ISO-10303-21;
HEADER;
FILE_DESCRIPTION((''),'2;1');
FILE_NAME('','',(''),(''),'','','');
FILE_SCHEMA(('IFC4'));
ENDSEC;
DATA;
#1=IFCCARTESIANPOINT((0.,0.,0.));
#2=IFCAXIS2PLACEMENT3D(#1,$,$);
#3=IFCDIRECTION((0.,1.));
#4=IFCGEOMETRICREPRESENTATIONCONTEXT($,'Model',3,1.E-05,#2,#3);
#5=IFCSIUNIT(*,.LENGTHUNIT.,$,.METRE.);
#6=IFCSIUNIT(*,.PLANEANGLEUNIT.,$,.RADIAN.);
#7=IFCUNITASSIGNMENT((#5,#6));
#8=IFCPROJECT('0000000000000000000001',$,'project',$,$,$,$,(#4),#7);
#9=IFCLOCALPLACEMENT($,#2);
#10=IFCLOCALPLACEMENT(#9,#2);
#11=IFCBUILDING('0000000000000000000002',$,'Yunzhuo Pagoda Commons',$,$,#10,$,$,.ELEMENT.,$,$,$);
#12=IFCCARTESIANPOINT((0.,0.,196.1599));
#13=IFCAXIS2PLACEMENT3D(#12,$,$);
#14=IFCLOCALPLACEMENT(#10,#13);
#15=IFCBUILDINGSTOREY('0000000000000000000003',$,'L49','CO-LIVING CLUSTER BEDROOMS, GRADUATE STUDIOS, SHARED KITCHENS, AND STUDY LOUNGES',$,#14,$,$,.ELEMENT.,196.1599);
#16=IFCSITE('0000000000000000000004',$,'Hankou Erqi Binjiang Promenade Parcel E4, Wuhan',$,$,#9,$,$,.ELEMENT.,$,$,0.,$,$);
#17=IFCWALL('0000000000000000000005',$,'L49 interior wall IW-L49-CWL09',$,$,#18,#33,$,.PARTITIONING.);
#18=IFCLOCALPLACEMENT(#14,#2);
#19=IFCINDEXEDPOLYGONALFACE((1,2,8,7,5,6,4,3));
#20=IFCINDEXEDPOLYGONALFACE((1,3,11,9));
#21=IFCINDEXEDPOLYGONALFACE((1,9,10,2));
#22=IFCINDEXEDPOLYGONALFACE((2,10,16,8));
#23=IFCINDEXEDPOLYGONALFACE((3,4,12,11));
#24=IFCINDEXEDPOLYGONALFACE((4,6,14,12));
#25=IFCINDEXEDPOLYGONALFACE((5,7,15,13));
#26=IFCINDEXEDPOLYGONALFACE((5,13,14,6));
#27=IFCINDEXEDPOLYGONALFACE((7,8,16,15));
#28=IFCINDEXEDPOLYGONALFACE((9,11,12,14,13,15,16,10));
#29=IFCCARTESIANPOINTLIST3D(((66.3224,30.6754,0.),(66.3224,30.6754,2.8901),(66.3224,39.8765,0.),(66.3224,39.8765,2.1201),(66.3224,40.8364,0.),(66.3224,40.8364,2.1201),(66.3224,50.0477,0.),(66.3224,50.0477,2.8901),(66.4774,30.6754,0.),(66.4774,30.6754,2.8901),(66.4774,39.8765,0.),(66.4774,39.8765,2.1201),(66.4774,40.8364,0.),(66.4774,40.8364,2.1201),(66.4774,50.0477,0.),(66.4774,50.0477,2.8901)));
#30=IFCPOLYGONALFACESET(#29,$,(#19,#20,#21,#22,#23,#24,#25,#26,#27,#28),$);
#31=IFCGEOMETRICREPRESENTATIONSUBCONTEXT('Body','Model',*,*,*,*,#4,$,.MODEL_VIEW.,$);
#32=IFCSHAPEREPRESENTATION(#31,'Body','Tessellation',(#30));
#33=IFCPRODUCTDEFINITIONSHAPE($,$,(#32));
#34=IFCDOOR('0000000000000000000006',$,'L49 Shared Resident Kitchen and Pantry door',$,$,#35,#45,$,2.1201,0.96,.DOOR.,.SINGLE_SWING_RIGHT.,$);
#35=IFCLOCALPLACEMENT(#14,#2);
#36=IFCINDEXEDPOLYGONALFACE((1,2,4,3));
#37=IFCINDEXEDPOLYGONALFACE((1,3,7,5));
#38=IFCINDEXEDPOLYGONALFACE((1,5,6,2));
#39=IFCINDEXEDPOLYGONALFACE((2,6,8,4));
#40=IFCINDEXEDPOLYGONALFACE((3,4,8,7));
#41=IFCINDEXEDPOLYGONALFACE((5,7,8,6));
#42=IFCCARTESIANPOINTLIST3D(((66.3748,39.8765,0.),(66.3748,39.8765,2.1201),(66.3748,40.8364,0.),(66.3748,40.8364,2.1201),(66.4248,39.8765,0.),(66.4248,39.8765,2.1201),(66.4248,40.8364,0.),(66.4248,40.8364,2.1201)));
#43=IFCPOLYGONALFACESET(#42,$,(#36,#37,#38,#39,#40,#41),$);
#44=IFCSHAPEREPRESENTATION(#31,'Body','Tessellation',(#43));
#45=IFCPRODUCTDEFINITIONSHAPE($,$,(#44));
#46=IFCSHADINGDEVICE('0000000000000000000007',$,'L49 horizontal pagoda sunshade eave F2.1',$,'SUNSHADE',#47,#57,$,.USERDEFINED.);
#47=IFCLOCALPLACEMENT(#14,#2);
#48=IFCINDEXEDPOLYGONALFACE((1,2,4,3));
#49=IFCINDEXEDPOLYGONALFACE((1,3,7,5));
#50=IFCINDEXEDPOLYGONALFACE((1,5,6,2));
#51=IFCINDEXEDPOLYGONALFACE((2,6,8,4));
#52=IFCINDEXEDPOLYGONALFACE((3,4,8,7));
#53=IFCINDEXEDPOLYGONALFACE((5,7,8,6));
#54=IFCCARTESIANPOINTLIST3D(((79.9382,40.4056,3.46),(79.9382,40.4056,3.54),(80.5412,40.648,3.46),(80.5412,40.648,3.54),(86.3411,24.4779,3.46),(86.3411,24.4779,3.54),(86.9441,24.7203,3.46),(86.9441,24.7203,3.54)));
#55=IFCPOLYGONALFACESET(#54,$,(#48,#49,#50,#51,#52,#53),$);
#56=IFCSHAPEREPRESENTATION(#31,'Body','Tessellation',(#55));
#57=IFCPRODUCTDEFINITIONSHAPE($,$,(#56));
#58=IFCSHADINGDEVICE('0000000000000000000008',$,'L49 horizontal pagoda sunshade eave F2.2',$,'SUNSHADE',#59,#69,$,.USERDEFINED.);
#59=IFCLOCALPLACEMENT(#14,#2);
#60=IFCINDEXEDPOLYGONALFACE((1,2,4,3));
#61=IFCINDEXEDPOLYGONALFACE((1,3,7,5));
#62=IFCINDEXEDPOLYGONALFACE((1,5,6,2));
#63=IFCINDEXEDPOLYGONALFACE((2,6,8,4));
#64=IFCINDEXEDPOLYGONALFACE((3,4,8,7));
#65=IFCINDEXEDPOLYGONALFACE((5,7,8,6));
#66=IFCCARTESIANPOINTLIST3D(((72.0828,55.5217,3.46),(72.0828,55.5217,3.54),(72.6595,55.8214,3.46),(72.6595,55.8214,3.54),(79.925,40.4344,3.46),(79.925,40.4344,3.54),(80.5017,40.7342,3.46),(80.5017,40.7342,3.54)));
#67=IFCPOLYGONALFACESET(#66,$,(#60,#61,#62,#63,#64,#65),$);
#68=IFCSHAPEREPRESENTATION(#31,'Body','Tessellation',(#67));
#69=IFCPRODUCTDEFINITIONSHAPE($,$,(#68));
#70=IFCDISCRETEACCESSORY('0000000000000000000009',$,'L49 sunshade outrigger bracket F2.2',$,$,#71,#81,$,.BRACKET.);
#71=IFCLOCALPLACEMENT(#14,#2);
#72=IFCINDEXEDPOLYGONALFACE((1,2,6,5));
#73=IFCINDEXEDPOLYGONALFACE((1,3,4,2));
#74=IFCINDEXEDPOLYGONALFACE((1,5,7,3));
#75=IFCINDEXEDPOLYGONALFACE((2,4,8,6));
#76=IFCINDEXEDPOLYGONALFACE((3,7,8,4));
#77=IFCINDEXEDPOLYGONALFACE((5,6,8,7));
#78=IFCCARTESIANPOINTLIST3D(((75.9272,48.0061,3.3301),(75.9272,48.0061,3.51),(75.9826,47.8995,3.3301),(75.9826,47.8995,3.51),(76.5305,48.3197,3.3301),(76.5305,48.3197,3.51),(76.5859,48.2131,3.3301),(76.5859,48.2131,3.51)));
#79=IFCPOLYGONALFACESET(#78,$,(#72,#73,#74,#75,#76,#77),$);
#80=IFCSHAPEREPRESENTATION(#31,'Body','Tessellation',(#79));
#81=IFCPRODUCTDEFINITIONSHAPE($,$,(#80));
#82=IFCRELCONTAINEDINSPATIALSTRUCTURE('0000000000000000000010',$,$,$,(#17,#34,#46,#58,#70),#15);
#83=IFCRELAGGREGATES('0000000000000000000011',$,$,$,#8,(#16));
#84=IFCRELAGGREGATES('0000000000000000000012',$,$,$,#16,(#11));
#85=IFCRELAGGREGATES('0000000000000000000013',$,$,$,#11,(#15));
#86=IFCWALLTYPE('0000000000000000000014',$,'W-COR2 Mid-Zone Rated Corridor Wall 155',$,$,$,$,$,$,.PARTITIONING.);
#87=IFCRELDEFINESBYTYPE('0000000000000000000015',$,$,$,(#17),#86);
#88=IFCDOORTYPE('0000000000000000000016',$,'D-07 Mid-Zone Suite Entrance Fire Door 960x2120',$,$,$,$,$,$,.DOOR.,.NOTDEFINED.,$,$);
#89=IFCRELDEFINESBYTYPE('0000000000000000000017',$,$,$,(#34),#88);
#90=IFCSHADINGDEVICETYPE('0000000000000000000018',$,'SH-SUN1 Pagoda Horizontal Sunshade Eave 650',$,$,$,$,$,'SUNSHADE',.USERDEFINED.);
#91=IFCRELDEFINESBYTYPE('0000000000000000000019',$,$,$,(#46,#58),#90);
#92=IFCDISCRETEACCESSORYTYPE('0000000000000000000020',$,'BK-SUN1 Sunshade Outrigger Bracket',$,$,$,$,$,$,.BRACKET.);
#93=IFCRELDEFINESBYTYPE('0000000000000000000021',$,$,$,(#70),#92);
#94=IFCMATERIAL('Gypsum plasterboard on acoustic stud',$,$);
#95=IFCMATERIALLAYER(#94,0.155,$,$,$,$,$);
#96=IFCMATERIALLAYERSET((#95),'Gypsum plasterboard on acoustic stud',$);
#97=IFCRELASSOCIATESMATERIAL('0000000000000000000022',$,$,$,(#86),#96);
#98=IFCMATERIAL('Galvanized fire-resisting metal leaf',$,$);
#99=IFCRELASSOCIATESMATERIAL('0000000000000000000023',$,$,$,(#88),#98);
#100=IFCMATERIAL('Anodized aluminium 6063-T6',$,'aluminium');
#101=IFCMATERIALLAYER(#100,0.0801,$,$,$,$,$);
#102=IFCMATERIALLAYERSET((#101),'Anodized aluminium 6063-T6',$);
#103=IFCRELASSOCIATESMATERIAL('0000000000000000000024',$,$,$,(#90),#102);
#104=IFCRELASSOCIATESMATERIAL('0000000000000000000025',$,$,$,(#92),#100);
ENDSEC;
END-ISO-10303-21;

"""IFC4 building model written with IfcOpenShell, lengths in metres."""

from ifc_helpers import new_model, si_unit, direction, frame, frame_2d, origin, origin_with_axes, origin_2d, place, context, subcontext, project, spatial, rectangle, extrude, source, transform, mapped, material, layer, layer_set, type_object, element, fill, save


model = new_model("IFC4")

# Units and contexts
model_context = context("Model", 3, precision=1e-05, world=origin(), true_north=direction((0.0, 1.0)))
body_context = subcontext(model_context, "Body", "Model", "MODEL_VIEW")
ifc_project = project(units=[si_unit("LENGTHUNIT", "METRE"), si_unit("PLANEANGLEUNIT", "RADIAN")], contexts=[model_context])

# Site, building, storey
site_placement = place(None, origin())
site = spatial("IfcSite", under=ifc_project, at=site_placement, Name="Hankou Erqi Binjiang Promenade Parcel E4, Wuhan", CompositionType="ELEMENT", RefElevation=0.0)
building_placement = place(site_placement, origin())
building = spatial("IfcBuilding", under=site, at=building_placement, Name="Yunzhuo Pagoda Commons", CompositionType="ELEMENT")
storey_placement = place(building_placement, frame((0.0, 0.0, 196.1599)))
storey = spatial("IfcBuildingStorey", under=building, at=storey_placement, Name="L49", Description="CO-LIVING CLUSTER BEDROOMS, GRADUATE STUDIOS, SHARED KITCHENS, AND STUDY LOUNGES", CompositionType="ELEMENT", Elevation=196.1599)

# Shared definitions
ifc_material_1 = material(Name="Anodized aluminium 6063-T6", Category="aluminium")

# Wall, opening, door
ifc_material_2 = material(Name="Gypsum plasterboard on acoustic stud")
ifc_layer_1 = layer(ifc_material_2, 0.155)
ifc_layer_set_1 = layer_set([ifc_layer_1], Name="Gypsum plasterboard on acoustic stud")
wall_type = type_object("IfcWallType", Name="W-COR2 Mid-Zone Rated Corridor Wall 155", PredefinedType="PARTITIONING", material=ifc_layer_set_1)
wall_placement = place(storey_placement, frame((66.3999, 50.0476, 0.0), z_axis=(0.0, 0.0, 1.0), x_axis=(0.0, -1.0, 0.0)))
wall = element("IfcWall", 1, at=wall_placement, inside=storey, type_object=wall_type, Name="L49 interior wall IW-L49-CWL09", PredefinedType="PARTITIONING", context=body_context, shape_type="SweptSolid", body=[
    extrude(rectangle(XDim=19.3723, YDim=0.155, at=frame_2d((9.686, 0.0))), origin(), (0.0, 0.0, 1.0), 2.8901),
])
opening_placement = place(wall_placement, frame((9.2112, 0.0, 0.0)))
opening = element("IfcOpeningElement", 2, at=opening_placement, cuts=wall, PredefinedType="OPENING", context=body_context, shape_type="SweptSolid", body=[
    extrude(rectangle(XDim=0.96, YDim=2.1201, at=frame_2d((0.48, 1.0601))), frame((0.0, 0.0874, 0.0), z_axis=(0.0, -1.0, 0.0), x_axis=(1.0, 0.0, 0.0)), (0.0, 0.0, 1.0), 0.175),
])
ifc_material_3 = material(Name="Galvanized fire-resisting metal leaf")
door_type = type_object("IfcDoorType", Name="D-07 Mid-Zone Suite Entrance Fire Door 960x2120", OperationType="NOTDEFINED", PredefinedType="DOOR", material=ifc_material_3)
shared_shape_1 = source(origin(), body_context, "Body", "SweptSolid", [
    extrude(rectangle(XDim=0.96, YDim=2.1201, at=frame_2d((0.48, 1.0601))), frame((0.0, 0.0249, 0.0), z_axis=(0.0, -1.0, 0.0), x_axis=(1.0, 0.0, 0.0)), (0.0, 0.0, 1.0), 0.05),
])
door_placement = place(opening_placement, origin_with_axes())
door = element("IfcDoor", 3, at=door_placement, inside=storey, type_object=door_type, Name="L49 Shared Resident Kitchen and Pantry door", OperationType="SINGLE_SWING_RIGHT", OverallHeight=2.1201, OverallWidth=0.96, PredefinedType="DOOR", context=body_context, shape_type="MappedRepresentation", body=[
    mapped(shared_shape_1, transform((0.0, 0.0, 0.0), scale=1.0)),
])
fill(opening, door)

# Shading devices
ifc_layer_2 = layer(ifc_material_1, 0.0801)
ifc_layer_set_2 = layer_set([ifc_layer_2], Name="Anodized aluminium 6063-T6")
shading_device_type = type_object("IfcShadingDeviceType", Name="SH-SUN1 Pagoda Horizontal Sunshade Eave 650", ElementType="SUNSHADE", PredefinedType="USERDEFINED", material=ifc_layer_set_2)
shared_shape_2 = source(origin(), body_context, "Body", "SweptSolid", [
    extrude(rectangle(XDim=17.1665, YDim=0.6499, at=origin_2d()), origin(), (0.0, 0.0, 1.0), 0.0801),
])
shading_device_1_placement = place(storey_placement, frame((83.4412, 32.563, 3.46), z_axis=(0.0, 0.0, 1.0), x_axis=(-0.372988, 0.927836, 0.0)))
element("IfcShadingDevice", 4, at=shading_device_1_placement, inside=storey, type_object=shading_device_type, Name="L49 horizontal pagoda sunshade eave F2.1", ObjectType="SUNSHADE", PredefinedType="USERDEFINED", context=body_context, shape_type="MappedRepresentation", body=[
    mapped(shared_shape_2, transform((0.0, 0.0, 0.0), scale=1.0)),
])
shared_shape_3 = source(origin(), body_context, "Body", "SweptSolid", [
    extrude(rectangle(XDim=17.0037, YDim=0.6499, at=origin_2d()), origin(), (0.0, 0.0, 1.0), 0.0801),
])
shading_device_2_placement = place(storey_placement, frame((76.2922, 48.1279, 3.46), z_axis=(0.0, 0.0, 1.0), x_axis=(-0.461207, 0.887293, 0.0)))
element("IfcShadingDevice", 5, at=shading_device_2_placement, inside=storey, type_object=shading_device_type, Name="L49 horizontal pagoda sunshade eave F2.2", ObjectType="SUNSHADE", PredefinedType="USERDEFINED", context=body_context, shape_type="MappedRepresentation", body=[
    mapped(shared_shape_3, transform((0.0, 0.0, 0.0), scale=1.0)),
])

# Discrete accessory
discrete_accessory_type = type_object("IfcDiscreteAccessoryType", Name="BK-SUN1 Sunshade Outrigger Bracket", PredefinedType="BRACKET", material=ifc_material_1)
shared_shape_4 = source(origin(), body_context, "Body", "SweptSolid", [
    extrude(rectangle(XDim=0.1201, YDim=0.6799, at=origin_2d()), origin(), (0.0, 0.0, 1.0), 0.1799),
])
discrete_accessory_placement = place(storey_placement, frame((76.2566, 48.1096, 3.3301), z_axis=(0.0, 0.0, 1.0), x_axis=(-0.461207, 0.887293, 0.0)))
element("IfcDiscreteAccessory", 6, at=discrete_accessory_placement, inside=storey, type_object=discrete_accessory_type, Name="L49 sunshade outrigger bracket F2.2", PredefinedType="BRACKET", context=body_context, shape_type="MappedRepresentation", body=[
    mapped(shared_shape_4, transform((0.0, 0.0, 0.0), scale=1.0)),
])

save(model, "model.ifc")
